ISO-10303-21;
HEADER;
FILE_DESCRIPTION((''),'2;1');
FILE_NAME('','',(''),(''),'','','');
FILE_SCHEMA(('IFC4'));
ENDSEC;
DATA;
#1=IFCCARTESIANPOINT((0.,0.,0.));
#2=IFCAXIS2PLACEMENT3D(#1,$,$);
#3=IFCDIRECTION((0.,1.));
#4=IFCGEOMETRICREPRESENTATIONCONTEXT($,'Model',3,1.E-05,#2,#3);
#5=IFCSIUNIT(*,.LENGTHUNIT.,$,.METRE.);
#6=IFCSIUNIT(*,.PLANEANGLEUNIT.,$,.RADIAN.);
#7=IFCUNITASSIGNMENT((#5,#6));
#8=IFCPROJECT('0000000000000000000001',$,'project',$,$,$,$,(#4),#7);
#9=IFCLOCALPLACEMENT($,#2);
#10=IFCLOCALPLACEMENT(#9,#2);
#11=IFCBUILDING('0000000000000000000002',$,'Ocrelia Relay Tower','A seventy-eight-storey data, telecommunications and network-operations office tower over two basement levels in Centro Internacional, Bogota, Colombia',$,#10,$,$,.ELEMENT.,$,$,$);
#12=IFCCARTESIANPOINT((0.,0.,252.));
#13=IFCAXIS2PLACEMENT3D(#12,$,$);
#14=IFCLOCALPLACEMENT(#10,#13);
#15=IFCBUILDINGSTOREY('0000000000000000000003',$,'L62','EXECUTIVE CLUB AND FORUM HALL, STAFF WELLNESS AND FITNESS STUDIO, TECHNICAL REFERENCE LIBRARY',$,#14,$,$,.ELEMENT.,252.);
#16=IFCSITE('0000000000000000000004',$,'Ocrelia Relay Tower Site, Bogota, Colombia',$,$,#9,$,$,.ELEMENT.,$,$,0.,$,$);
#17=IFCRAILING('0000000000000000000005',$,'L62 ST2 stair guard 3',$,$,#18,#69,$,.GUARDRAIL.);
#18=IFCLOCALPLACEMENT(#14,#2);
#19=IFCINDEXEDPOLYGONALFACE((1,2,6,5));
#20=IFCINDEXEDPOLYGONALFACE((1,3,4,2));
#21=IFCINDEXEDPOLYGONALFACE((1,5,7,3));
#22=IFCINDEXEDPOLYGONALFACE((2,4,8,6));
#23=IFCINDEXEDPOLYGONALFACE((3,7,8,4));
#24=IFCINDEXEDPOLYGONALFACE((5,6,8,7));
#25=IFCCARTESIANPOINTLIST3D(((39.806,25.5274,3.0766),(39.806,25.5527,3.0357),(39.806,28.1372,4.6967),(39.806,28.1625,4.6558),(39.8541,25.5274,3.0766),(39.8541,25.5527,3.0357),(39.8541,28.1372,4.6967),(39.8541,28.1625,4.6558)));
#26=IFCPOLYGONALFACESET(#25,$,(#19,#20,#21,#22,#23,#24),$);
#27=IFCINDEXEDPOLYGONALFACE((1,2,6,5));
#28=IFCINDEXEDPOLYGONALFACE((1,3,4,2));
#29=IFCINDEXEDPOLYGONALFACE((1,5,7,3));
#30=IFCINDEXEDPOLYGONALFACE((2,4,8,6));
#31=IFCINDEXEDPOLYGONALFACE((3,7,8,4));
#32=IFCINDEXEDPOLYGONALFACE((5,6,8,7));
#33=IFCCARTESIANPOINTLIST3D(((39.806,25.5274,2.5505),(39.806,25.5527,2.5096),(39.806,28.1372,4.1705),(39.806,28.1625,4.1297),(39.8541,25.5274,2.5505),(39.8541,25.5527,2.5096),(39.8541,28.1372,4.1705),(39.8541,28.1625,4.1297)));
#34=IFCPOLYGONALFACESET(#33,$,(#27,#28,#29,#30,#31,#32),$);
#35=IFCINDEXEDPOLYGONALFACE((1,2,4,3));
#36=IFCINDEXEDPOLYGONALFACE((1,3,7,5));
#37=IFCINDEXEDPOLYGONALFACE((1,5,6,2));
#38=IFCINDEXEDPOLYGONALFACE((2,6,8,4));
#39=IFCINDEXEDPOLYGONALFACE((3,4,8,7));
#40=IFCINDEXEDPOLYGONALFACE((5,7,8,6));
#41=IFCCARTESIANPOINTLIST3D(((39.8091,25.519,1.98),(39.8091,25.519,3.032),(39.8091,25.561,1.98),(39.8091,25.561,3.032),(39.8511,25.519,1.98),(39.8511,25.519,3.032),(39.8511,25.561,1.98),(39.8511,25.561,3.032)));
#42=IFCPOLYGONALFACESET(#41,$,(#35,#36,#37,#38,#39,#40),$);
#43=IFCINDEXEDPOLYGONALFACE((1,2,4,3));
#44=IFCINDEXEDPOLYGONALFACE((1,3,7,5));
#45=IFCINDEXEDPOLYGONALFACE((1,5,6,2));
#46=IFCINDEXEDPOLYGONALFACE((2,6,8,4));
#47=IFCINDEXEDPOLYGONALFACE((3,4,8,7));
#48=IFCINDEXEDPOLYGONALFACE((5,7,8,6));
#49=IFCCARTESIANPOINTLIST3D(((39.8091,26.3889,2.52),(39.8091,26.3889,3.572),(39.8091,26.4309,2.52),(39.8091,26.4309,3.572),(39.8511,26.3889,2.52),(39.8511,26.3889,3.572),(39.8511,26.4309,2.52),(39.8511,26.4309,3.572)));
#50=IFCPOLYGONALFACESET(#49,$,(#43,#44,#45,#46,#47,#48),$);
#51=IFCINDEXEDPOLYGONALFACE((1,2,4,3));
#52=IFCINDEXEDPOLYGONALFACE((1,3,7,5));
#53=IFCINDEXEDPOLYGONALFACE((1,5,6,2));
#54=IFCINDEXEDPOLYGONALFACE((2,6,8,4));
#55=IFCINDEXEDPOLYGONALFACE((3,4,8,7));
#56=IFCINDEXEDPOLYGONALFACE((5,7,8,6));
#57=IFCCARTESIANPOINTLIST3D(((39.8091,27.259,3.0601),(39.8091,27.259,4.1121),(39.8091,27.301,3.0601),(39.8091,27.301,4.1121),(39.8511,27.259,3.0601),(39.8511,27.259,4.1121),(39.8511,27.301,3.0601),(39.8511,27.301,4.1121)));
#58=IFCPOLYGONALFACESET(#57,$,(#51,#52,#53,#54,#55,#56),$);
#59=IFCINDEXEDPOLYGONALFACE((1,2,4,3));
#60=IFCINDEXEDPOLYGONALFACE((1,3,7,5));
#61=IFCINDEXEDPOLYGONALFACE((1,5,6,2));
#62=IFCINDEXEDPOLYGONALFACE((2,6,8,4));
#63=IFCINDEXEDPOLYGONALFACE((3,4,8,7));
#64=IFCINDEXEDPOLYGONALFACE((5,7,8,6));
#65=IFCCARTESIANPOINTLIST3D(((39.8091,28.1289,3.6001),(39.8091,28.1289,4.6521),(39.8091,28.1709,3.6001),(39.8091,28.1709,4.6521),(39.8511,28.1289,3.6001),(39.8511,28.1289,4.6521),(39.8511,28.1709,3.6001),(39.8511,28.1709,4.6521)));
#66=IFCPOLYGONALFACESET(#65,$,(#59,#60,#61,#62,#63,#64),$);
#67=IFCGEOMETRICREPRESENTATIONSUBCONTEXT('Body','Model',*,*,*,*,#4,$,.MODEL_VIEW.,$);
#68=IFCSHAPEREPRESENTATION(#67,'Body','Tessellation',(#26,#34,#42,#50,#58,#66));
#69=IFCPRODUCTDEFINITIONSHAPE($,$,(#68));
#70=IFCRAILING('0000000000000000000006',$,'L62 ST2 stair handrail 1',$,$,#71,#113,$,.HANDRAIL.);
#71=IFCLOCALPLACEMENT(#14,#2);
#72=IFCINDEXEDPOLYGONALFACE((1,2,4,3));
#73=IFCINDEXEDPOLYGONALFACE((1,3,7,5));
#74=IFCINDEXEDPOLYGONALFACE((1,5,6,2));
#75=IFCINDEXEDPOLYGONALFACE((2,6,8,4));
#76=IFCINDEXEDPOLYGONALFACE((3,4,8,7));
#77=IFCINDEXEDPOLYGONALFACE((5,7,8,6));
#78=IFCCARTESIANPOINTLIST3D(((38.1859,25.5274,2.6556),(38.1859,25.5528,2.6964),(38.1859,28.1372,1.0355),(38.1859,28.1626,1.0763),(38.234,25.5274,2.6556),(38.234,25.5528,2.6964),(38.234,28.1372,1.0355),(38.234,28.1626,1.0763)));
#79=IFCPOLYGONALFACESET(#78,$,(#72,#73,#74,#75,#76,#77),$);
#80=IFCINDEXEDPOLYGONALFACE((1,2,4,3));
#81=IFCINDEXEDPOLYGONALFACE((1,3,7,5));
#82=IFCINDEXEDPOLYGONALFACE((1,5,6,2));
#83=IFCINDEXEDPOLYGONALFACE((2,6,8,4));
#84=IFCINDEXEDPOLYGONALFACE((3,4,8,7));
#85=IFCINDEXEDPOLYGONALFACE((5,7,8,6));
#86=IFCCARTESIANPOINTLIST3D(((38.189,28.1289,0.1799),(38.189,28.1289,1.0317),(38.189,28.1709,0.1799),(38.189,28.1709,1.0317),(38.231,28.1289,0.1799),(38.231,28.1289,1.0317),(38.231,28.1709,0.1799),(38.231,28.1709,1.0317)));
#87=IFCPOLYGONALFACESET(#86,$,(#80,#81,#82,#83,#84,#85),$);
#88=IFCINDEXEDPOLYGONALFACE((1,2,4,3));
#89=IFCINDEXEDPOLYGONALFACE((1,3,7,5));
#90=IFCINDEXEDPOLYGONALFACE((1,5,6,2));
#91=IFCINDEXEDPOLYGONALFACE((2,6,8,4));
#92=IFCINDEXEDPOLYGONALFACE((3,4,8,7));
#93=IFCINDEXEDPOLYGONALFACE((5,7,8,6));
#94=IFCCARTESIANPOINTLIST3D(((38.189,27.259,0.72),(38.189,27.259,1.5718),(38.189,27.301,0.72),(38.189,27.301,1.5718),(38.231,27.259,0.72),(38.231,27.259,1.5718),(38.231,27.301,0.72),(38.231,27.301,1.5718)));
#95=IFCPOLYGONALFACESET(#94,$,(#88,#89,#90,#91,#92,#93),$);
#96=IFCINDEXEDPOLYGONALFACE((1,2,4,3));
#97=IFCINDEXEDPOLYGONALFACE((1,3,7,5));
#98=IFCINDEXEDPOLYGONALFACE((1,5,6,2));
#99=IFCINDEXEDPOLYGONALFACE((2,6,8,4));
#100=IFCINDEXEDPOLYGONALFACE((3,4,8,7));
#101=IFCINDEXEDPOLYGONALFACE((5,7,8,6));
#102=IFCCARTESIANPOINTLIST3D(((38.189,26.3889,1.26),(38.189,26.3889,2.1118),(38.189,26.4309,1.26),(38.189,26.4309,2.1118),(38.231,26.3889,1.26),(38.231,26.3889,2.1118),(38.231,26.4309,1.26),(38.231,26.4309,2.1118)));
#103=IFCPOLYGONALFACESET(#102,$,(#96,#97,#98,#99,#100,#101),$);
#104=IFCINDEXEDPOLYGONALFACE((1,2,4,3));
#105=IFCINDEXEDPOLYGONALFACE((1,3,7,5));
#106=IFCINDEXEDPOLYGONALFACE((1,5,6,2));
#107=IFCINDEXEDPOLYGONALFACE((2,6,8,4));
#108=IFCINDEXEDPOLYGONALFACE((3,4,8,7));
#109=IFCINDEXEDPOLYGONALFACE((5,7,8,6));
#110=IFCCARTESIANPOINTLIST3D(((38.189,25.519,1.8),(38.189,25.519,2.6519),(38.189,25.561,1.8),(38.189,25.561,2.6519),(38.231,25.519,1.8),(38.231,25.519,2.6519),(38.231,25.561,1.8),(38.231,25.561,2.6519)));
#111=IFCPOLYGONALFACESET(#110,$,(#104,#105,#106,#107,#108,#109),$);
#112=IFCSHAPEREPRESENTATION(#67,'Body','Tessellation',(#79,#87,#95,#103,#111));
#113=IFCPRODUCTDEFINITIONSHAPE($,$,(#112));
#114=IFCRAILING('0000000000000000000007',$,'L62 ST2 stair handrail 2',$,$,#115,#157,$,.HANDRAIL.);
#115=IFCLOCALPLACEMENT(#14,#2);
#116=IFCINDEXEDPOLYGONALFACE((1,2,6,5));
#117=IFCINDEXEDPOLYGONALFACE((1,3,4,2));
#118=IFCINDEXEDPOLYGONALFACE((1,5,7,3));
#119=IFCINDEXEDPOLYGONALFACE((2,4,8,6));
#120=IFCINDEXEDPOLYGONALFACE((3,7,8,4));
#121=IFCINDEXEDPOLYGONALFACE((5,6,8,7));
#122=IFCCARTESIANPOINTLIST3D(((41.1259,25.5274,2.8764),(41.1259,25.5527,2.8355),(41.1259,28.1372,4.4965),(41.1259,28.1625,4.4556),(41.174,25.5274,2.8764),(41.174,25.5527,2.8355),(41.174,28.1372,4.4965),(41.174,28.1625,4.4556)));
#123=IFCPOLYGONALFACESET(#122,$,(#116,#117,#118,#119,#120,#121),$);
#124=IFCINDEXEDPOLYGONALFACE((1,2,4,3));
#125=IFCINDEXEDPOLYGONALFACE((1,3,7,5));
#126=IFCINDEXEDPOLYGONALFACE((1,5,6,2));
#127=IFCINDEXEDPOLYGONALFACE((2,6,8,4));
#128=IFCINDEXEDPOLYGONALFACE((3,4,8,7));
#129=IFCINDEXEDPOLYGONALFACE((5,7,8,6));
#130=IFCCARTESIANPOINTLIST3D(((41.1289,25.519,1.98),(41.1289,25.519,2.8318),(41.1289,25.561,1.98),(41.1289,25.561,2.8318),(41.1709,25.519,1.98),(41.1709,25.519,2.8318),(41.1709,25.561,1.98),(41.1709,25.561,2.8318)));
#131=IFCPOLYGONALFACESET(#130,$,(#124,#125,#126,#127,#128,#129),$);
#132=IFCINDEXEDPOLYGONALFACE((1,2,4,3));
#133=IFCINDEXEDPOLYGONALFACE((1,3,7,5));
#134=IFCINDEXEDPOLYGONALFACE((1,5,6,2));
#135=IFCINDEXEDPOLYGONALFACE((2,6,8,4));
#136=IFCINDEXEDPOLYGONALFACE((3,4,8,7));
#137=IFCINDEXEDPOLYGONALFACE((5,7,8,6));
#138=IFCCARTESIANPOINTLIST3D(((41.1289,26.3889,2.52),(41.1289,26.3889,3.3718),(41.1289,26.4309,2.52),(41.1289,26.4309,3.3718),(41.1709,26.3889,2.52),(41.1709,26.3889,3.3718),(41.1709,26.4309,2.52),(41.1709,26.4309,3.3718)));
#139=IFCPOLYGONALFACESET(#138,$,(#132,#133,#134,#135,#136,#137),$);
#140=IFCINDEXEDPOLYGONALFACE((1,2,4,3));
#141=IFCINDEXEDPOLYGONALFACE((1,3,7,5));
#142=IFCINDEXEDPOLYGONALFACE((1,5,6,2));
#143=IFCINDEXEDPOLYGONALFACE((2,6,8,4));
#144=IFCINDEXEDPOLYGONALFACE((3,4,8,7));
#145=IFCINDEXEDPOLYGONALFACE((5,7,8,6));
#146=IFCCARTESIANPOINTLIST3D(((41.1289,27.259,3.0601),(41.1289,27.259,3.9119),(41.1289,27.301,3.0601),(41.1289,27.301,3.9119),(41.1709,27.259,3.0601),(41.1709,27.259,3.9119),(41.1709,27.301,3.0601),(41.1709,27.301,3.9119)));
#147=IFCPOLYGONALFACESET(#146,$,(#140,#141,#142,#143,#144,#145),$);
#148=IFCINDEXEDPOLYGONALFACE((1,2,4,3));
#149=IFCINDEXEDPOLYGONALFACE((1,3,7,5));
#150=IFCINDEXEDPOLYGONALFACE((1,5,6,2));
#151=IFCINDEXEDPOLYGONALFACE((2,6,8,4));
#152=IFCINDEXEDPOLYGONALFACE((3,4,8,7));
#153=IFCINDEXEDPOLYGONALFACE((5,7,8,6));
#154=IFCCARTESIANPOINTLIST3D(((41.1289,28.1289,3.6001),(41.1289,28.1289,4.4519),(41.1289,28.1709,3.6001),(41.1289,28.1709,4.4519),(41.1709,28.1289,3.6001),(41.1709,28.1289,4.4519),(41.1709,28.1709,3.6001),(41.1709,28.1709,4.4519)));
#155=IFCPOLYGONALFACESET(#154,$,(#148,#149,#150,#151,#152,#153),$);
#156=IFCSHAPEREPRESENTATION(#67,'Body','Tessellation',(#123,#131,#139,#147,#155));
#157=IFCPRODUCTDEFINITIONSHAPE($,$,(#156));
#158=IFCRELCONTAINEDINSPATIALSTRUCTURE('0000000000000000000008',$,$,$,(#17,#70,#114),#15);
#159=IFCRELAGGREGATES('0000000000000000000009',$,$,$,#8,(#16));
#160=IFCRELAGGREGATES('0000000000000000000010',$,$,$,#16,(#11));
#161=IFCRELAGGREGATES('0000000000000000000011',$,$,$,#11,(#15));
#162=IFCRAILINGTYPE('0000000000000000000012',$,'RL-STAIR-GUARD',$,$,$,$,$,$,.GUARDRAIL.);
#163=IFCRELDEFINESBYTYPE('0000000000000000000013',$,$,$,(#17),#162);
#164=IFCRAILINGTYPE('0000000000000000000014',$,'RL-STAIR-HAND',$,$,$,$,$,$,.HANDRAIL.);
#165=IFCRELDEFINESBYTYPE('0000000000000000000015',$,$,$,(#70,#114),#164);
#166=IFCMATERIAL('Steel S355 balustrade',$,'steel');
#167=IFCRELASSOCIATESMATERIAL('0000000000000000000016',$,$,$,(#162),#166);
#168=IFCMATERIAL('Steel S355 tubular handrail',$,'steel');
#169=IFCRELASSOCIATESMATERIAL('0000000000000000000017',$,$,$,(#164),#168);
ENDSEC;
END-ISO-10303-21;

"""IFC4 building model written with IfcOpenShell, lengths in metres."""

from ifc_helpers import new_model, si_unit, direction, frame, origin, origin_2d, place, context, subcontext, project, spatial, rectangle, extrude, material, type_object, element, save


model = new_model("IFC4")

# Units and contexts
model_context = context("Model", 3, precision=1e-05, world=origin(), true_north=direction((0.0, 1.0)))
body_context = subcontext(model_context, "Body", "Model", "MODEL_VIEW")
ifc_project = project(units=[si_unit("LENGTHUNIT", "METRE"), si_unit("PLANEANGLEUNIT", "RADIAN")], contexts=[model_context])

# Site, building, storey
site_placement = place(None, origin())
site = spatial("IfcSite", under=ifc_project, at=site_placement, Name="Ocrelia Relay Tower Site, Bogota, Colombia", CompositionType="ELEMENT", RefElevation=0.0)
building_placement = place(site_placement, origin())
building = spatial("IfcBuilding", under=site, at=building_placement, Name="Ocrelia Relay Tower", Description="A seventy-eight-storey data, telecommunications and network-operations office tower over two basement levels in Centro Internacional, Bogota, Colombia", CompositionType="ELEMENT")
storey_placement = place(building_placement, frame((0.0, 0.0, 252.0)))
storey = spatial("IfcBuildingStorey", under=building, at=storey_placement, Name="L62", Description="EXECUTIVE CLUB AND FORUM HALL, STAFF WELLNESS AND FITNESS STUDIO, TECHNICAL REFERENCE LIBRARY", CompositionType="ELEMENT", Elevation=252.0)

# Railings
ifc_material_1 = material(Name="Steel S355 balustrade", Category="steel")
railing_type_1 = type_object("IfcRailingType", Name="RL-STAIR-GUARD", PredefinedType="GUARDRAIL", material=ifc_material_1)
railing_1_placement = place(storey_placement, frame((39.8301, 25.54, 1.98)))
element("IfcRailing", 1, at=railing_1_placement, inside=storey, type_object=railing_type_1, Name="L62 ST2 stair guard 3", PredefinedType="GUARDRAIL", context=body_context, shape_type="SweptSolid", body=[
    extrude(rectangle(XDim=0.0481, YDim=0.0481, at=origin_2d()), frame((0.0, 0.0, 1.0762), z_axis=(0.0, 0.849611, 0.52741), x_axis=(-1.0, 0.0, 0.0)), (0.0, 0.0, 1.0), 3.0718),
    extrude(rectangle(XDim=0.0481, YDim=0.0481, at=origin_2d()), frame((0.0, 0.0, 0.55), z_axis=(0.0, 0.849611, 0.52741), x_axis=(-1.0, 0.0, 0.0)), (0.0, 0.0, 1.0), 3.0718),
    extrude(rectangle(XDim=0.042, YDim=0.042, at=origin_2d()), origin(), (0.0, 0.0, 1.0), 1.052),
    extrude(rectangle(XDim=0.042, YDim=0.042, at=origin_2d()), frame((0.0, 0.8699, 0.54)), (0.0, 0.0, 1.0), 1.052),
    extrude(rectangle(XDim=0.042, YDim=0.042, at=origin_2d()), frame((0.0, 1.74, 1.0801)), (0.0, 0.0, 1.0), 1.052),
    extrude(rectangle(XDim=0.042, YDim=0.042, at=origin_2d()), frame((0.0, 2.6099, 1.6201)), (0.0, 0.0, 1.0), 1.052),
])
ifc_material_2 = material(Name="Steel S355 tubular handrail", Category="steel")
railing_type_2 = type_object("IfcRailingType", Name="RL-STAIR-HAND", PredefinedType="HANDRAIL", material=ifc_material_2)
railing_2_placement = place(storey_placement, frame((38.21, 28.1499, 0.1799)))
element("IfcRailing", 2, at=railing_2_placement, inside=storey, type_object=railing_type_2, Name="L62 ST2 stair handrail 1", PredefinedType="HANDRAIL", context=body_context, shape_type="SweptSolid", body=[
    extrude(rectangle(XDim=0.0481, YDim=0.0481, at=origin_2d()), frame((0.0, 0.0, 0.876), z_axis=(0.0, -0.849611, 0.52741), x_axis=(1.0, 0.0, 0.0)), (0.0, 0.0, 1.0), 3.0718),
    extrude(rectangle(XDim=0.042, YDim=0.042, at=origin_2d()), origin(), (0.0, 0.0, 1.0), 0.8518),
    extrude(rectangle(XDim=0.042, YDim=0.042, at=origin_2d()), frame((0.0, -0.8699, 0.54)), (0.0, 0.0, 1.0), 0.8518),
    extrude(rectangle(XDim=0.042, YDim=0.042, at=origin_2d()), frame((0.0, -1.74, 1.0801)), (0.0, 0.0, 1.0), 0.8518),
    extrude(rectangle(XDim=0.042, YDim=0.042, at=origin_2d()), frame((0.0, -2.6099, 1.6201)), (0.0, 0.0, 1.0), 0.8518),
])
railing_3_placement = place(storey_placement, frame((41.1499, 25.54, 1.98)))
element("IfcRailing", 3, at=railing_3_placement, inside=storey, type_object=railing_type_2, Name="L62 ST2 stair handrail 2", PredefinedType="HANDRAIL", context=body_context, shape_type="SweptSolid", body=[
    extrude(rectangle(XDim=0.0481, YDim=0.0481, at=origin_2d()), frame((0.0, 0.0, 0.876), z_axis=(0.0, 0.849611, 0.52741), x_axis=(-1.0, 0.0, 0.0)), (0.0, 0.0, 1.0), 3.0718),
    extrude(rectangle(XDim=0.042, YDim=0.042, at=origin_2d()), origin(), (0.0, 0.0, 1.0), 0.8518),
    extrude(rectangle(XDim=0.042, YDim=0.042, at=origin_2d()), frame((0.0, 0.8699, 0.54)), (0.0, 0.0, 1.0), 0.8518),
    extrude(rectangle(XDim=0.042, YDim=0.042, at=origin_2d()), frame((0.0, 1.74, 1.0801)), (0.0, 0.0, 1.0), 0.8518),
    extrude(rectangle(XDim=0.042, YDim=0.042, at=origin_2d()), frame((0.0, 2.6099, 1.6201)), (0.0, 0.0, 1.0), 0.8518),
])

save(model, "model.ifc")
